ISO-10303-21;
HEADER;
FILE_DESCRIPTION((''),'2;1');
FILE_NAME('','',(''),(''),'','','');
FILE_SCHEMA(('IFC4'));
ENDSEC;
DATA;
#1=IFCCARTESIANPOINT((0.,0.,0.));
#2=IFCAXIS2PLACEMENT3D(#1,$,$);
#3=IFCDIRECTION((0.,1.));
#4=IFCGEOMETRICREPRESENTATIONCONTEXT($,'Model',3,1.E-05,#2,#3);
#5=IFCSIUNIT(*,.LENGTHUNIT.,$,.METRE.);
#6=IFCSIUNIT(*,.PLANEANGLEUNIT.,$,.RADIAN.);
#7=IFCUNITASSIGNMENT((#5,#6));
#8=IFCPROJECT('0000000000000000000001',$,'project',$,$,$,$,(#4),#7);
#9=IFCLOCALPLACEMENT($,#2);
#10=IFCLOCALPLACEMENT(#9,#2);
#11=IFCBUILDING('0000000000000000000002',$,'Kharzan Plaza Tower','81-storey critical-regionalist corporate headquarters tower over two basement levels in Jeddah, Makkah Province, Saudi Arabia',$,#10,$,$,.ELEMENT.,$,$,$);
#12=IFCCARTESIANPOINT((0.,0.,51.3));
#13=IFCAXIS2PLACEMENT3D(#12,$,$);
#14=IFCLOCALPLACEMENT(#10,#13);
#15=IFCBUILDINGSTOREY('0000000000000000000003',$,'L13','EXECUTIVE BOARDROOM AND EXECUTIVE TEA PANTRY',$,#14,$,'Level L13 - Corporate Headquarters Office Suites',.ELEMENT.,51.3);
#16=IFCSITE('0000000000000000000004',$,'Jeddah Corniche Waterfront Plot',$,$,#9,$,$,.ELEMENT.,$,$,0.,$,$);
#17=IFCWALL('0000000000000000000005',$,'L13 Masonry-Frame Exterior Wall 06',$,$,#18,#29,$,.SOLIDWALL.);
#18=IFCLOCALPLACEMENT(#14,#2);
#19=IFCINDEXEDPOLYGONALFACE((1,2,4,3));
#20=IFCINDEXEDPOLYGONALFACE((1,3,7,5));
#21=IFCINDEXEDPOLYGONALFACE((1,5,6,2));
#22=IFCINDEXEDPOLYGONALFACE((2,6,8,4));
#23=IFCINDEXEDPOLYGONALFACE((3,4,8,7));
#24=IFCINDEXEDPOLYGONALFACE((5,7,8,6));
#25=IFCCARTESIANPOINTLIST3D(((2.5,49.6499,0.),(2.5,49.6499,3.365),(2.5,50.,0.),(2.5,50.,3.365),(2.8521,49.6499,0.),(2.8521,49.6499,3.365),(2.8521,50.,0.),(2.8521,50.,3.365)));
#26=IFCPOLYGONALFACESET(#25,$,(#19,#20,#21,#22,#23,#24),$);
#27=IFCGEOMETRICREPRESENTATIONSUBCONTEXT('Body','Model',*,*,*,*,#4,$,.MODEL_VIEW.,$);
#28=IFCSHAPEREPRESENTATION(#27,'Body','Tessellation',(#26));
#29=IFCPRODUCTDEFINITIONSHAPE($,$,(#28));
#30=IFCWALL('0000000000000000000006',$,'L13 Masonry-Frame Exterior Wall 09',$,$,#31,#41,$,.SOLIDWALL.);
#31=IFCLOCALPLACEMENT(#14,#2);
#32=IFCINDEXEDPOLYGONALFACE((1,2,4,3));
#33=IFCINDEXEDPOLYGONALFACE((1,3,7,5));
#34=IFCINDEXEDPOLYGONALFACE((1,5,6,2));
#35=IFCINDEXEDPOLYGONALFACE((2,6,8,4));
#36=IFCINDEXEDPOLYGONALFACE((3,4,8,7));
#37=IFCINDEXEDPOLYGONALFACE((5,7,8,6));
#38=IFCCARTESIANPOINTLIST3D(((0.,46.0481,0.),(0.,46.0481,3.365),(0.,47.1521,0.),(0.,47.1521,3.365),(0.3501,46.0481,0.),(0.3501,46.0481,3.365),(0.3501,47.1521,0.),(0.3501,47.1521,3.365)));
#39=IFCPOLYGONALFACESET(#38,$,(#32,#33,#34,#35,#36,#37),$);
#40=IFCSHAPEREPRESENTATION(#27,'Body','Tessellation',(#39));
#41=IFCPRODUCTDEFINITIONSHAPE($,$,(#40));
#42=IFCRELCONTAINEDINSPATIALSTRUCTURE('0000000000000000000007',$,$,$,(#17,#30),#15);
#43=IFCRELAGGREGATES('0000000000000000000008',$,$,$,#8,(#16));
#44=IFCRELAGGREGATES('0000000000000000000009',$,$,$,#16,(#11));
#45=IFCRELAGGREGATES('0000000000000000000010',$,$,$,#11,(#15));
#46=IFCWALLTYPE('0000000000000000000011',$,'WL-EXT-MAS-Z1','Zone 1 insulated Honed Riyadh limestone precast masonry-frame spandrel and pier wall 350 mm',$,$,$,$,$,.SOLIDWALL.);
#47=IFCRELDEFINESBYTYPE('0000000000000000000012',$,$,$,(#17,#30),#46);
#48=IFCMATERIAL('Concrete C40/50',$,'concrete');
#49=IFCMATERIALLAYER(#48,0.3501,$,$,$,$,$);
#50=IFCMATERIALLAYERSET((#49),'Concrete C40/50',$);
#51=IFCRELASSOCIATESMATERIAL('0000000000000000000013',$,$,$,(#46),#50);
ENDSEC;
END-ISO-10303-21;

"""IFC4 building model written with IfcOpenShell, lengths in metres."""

from ifc_helpers import new_model, si_unit, direction, frame, frame_2d, origin, place, context, subcontext, project, spatial, rectangle, extrude, source, transform, mapped, material, layer, layer_set, type_object, element, save


model = new_model("IFC4")

# Units and contexts
model_context = context("Model", 3, precision=1e-05, world=origin(), true_north=direction((0.0, 1.0)))
body_context = subcontext(model_context, "Body", "Model", "MODEL_VIEW")
ifc_project = project(units=[si_unit("LENGTHUNIT", "METRE"), si_unit("PLANEANGLEUNIT", "RADIAN")], contexts=[model_context])

# Site, building, storey
site_placement = place(None, origin())
site = spatial("IfcSite", under=ifc_project, at=site_placement, Name="Jeddah Corniche Waterfront Plot", CompositionType="ELEMENT", RefElevation=0.0)
building_placement = place(site_placement, origin())
building = spatial("IfcBuilding", under=site, at=building_placement, Name="Kharzan Plaza Tower", Description="81-storey critical-regionalist corporate headquarters tower over two basement levels in Jeddah, Makkah Province, Saudi Arabia", CompositionType="ELEMENT")
storey_placement = place(building_placement, frame((0.0, 0.0, 51.3)))
storey = spatial("IfcBuildingStorey", under=building, at=storey_placement, Name="L13", Description="EXECUTIVE BOARDROOM AND EXECUTIVE TEA PANTRY", LongName="Level L13 - Corporate Headquarters Office Suites", CompositionType="ELEMENT", Elevation=51.3)

# Shared definitions
ifc_material_1 = material(Name="Concrete C40/50", Category="concrete")
ifc_layer = layer(ifc_material_1, 0.3501)
ifc_layer_set = layer_set([ifc_layer], Name="Concrete C40/50")
wall_type = type_object("IfcWallType", Name="WL-EXT-MAS-Z1", Description="Zone 1 insulated Honed Riyadh limestone precast masonry-frame spandrel and pier wall 350 mm", PredefinedType="SOLIDWALL", material=ifc_layer_set)

# Walls
shared_shape_1 = source(origin(), body_context, "Body", "SweptSolid", [
    extrude(rectangle(XDim=0.3521, YDim=0.3501, at=frame_2d((0.176, 0.0))), origin(), (0.0, 0.0, 1.0), 3.365),
])
wall_1_placement = place(storey_placement, frame((2.8521, 49.825, 0.0), z_axis=(0.0, 0.0, 1.0), x_axis=(-1.0, 0.0, 0.0)))
element("IfcWall", 1, at=wall_1_placement, inside=storey, type_object=wall_type, Name="L13 Masonry-Frame Exterior Wall 06", PredefinedType="SOLIDWALL", context=body_context, shape_type="MappedRepresentation", body=[
    mapped(shared_shape_1, transform((0.0, 0.0, 0.0), x_axis=(1.0, 0.0, 0.0), y_axis=(0.0, 1.0, 0.0), z_axis=(0.0, 0.0, 1.0))),
])
shared_shape_2 = source(origin(), body_context, "Body", "SweptSolid", [
    extrude(rectangle(XDim=1.104, YDim=0.3501, at=frame_2d((0.552, 0.0))), origin(), (0.0, 0.0, 1.0), 3.365),
])
wall_2_placement = place(storey_placement, frame((0.175, 47.1521, 0.0), z_axis=(0.0, 0.0, 1.0), x_axis=(0.0, -1.0, 0.0)))
element("IfcWall", 2, at=wall_2_placement, inside=storey, type_object=wall_type, Name="L13 Masonry-Frame Exterior Wall 09", PredefinedType="SOLIDWALL", context=body_context, shape_type="MappedRepresentation", body=[
    mapped(shared_shape_2, transform((0.0, 0.0, 0.0), x_axis=(1.0, 0.0, 0.0), y_axis=(0.0, 1.0, 0.0), z_axis=(0.0, 0.0, 1.0))),
])

save(model, "model.ifc")
